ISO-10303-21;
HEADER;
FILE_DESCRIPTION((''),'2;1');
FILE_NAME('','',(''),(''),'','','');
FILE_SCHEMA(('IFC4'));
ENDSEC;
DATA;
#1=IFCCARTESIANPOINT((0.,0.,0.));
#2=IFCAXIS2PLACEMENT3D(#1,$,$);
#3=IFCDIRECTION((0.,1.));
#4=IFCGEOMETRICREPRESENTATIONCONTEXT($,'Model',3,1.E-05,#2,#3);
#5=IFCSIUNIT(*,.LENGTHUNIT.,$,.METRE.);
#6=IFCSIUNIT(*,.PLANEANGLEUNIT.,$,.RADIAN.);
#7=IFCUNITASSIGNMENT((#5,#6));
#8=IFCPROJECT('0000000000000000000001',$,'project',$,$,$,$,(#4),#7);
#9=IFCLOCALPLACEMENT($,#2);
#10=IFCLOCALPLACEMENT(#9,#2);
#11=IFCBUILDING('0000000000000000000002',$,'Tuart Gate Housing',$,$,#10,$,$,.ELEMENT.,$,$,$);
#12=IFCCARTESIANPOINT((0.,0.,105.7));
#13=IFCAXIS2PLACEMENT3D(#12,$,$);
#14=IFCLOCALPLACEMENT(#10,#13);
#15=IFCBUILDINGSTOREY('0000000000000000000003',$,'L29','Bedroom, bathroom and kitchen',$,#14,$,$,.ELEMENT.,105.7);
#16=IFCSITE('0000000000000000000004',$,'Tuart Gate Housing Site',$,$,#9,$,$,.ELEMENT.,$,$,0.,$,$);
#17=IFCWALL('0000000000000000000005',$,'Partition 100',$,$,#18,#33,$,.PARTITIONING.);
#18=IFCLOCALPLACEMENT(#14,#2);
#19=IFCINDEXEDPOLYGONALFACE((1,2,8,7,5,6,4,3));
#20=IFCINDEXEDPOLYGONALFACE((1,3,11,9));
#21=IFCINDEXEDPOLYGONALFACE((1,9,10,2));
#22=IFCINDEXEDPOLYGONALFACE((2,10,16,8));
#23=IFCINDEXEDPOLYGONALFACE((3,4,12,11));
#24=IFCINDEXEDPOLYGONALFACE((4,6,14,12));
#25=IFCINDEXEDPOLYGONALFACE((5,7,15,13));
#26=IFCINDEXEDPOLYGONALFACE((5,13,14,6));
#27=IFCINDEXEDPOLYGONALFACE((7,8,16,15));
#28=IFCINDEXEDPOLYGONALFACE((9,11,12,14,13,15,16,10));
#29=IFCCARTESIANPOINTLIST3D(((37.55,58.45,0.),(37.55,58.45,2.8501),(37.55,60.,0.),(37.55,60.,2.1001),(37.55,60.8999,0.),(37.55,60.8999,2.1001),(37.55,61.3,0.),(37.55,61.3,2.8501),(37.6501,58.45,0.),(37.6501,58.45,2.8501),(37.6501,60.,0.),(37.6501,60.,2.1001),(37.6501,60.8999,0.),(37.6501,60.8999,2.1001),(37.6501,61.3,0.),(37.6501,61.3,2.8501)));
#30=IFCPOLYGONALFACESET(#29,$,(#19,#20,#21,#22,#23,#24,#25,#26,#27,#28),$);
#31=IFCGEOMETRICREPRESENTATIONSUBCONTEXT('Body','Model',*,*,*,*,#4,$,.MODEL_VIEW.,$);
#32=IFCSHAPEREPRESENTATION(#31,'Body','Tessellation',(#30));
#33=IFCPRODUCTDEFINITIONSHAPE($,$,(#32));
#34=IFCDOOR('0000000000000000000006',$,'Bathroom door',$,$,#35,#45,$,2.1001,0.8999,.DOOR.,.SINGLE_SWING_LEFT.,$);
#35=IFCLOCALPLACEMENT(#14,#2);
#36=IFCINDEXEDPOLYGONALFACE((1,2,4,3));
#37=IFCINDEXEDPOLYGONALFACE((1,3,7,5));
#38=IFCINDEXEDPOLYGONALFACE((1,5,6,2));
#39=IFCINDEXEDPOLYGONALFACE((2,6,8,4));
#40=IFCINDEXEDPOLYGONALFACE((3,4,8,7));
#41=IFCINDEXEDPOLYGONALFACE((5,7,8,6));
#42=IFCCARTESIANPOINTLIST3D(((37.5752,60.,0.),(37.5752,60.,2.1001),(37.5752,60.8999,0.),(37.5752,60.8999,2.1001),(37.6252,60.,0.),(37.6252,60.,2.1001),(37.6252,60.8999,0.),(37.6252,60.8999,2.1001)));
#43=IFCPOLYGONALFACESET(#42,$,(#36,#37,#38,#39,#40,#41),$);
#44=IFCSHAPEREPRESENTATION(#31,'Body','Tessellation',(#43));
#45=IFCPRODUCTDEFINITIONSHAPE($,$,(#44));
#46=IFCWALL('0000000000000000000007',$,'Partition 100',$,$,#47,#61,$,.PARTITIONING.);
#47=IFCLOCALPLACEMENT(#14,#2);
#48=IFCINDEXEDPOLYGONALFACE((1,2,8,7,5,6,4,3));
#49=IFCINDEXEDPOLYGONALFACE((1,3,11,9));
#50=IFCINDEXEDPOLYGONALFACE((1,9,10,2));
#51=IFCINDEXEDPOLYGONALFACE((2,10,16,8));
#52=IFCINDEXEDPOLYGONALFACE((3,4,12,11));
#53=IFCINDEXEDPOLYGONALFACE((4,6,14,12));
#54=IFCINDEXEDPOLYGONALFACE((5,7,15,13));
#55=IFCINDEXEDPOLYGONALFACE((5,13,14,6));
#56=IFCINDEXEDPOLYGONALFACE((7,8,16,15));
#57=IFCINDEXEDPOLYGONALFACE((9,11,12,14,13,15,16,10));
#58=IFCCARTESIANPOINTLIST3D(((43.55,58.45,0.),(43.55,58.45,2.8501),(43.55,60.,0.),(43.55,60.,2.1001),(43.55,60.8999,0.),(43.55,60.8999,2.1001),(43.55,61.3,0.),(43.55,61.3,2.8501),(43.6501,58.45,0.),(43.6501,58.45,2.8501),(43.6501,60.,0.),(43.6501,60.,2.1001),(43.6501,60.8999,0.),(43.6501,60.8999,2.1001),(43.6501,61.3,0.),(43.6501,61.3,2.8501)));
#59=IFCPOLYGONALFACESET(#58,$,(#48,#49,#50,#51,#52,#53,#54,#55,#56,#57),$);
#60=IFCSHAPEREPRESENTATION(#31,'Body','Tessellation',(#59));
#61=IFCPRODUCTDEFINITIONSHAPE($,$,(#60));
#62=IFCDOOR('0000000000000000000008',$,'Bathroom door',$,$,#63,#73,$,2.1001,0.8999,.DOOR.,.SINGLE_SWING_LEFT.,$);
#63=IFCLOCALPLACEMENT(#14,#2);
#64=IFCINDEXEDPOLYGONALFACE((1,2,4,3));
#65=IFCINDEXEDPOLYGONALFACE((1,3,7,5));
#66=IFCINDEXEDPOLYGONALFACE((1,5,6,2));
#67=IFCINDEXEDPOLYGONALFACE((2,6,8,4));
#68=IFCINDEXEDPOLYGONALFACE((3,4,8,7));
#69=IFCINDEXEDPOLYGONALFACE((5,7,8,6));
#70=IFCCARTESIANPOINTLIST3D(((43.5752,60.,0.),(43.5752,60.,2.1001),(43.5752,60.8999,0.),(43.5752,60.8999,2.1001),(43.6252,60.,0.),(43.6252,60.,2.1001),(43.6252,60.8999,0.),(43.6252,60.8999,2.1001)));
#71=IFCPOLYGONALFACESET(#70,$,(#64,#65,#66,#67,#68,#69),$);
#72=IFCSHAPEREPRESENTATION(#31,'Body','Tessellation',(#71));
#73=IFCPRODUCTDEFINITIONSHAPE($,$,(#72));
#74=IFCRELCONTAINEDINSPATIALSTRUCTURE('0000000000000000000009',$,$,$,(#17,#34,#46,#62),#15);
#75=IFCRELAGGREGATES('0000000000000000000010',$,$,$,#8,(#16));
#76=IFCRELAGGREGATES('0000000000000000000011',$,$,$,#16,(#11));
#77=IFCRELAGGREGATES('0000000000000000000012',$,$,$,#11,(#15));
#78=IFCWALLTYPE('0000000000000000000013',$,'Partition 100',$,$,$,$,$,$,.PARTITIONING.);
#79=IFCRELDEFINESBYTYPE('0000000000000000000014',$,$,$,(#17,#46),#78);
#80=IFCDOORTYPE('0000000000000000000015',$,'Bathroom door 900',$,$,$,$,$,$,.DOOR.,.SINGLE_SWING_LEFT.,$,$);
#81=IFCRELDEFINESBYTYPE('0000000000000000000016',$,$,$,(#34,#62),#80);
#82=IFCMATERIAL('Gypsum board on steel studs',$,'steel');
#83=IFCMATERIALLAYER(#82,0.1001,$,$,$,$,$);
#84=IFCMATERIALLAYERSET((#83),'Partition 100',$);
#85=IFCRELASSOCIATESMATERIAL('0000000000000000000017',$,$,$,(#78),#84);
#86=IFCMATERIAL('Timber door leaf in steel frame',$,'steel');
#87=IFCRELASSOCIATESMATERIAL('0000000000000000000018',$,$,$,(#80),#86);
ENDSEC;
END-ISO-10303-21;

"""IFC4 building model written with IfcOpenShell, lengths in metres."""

from ifc_helpers import new_model, si_unit, direction, frame, frame_2d, origin, place, context, subcontext, project, spatial, rectangle, extrude, material, layer, layer_set, type_object, element, fill, save


model = new_model("IFC4")

# Units and contexts
model_context = context("Model", 3, precision=1e-05, world=origin(), true_north=direction((0.0, 1.0)))
body_context = subcontext(model_context, "Body", "Model", "MODEL_VIEW")
ifc_project = project(units=[si_unit("LENGTHUNIT", "METRE"), si_unit("PLANEANGLEUNIT", "RADIAN")], contexts=[model_context])

# Site, building, storey
site_placement = place(None, origin())
site = spatial("IfcSite", under=ifc_project, at=site_placement, Name="Tuart Gate Housing Site", CompositionType="ELEMENT", RefElevation=0.0)
building_placement = place(site_placement, origin())
building = spatial("IfcBuilding", under=site, at=building_placement, Name="Tuart Gate Housing", CompositionType="ELEMENT")
storey_placement = place(building_placement, frame((0.0, 0.0, 105.7)))
storey = spatial("IfcBuildingStorey", under=building, at=storey_placement, Name="L29", Description="Bedroom, bathroom and kitchen", CompositionType="ELEMENT", Elevation=105.7)

# Shared definitions
ifc_material_1 = material(Name="Gypsum board on steel studs", Category="steel")
ifc_layer_1 = layer(ifc_material_1, 0.1001)
ifc_layer_set_1 = layer_set([ifc_layer_1], Name="Partition 100")
wall_type_1 = type_object("IfcWallType", Name="Partition 100", PredefinedType="PARTITIONING", material=ifc_layer_set_1)

# Walls, openings, doors
ifc_material_2 = material(Name="Timber door leaf in steel frame", Category="steel")
door_type_1 = type_object("IfcDoorType", Name="Bathroom door 900", OperationType="SINGLE_SWING_LEFT", PredefinedType="DOOR", material=ifc_material_2)
wall_1_placement = place(storey_placement, frame((37.6001, 58.45, 0.0), z_axis=(0.0, 0.0, 1.0), x_axis=(0.0, 1.0, 0.0)))
wall_1 = element("IfcWall", 1, at=wall_1_placement, inside=storey, type_object=wall_type_1, Name="Partition 100", PredefinedType="PARTITIONING", context=body_context, shape_type="SweptSolid", body=[
    extrude(rectangle(XDim=2.8501, YDim=0.1001, at=frame_2d((1.425, 0.0))), origin(), (0.0, 0.0, 1.0), 2.8501),
])
opening_1_placement = place(wall_1_placement, frame((1.55, 0.0, 0.0)))
opening_1 = element("IfcOpeningElement", 2, at=opening_1_placement, cuts=wall_1, PredefinedType="OPENING", context=body_context, shape_type="SweptSolid", body=[
    extrude(rectangle(XDim=0.8999, YDim=2.1001, at=frame_2d((0.45, 1.05))), frame((0.0, 0.0601, 0.0), z_axis=(0.0, -1.0, 0.0), x_axis=(1.0, 0.0, 0.0)), (0.0, 0.0, 1.0), 0.1201),
])
door_1_placement = place(opening_1_placement, frame((0.8999, 0.0, 0.0), z_axis=(0.0, 0.0, 1.0), x_axis=(-1.0, 0.0, 0.0)))
door_1 = element("IfcDoor", 3, at=door_1_placement, inside=storey, type_object=door_type_1, Name="Bathroom door", OperationType="SINGLE_SWING_LEFT", OverallHeight=2.1001, OverallWidth=0.8999, PredefinedType="DOOR", context=body_context, shape_type="SweptSolid", body=[
    extrude(rectangle(XDim=0.8999, YDim=2.1001, at=frame_2d((0.45, 1.05))), frame((0.0, 0.0251, 0.0), z_axis=(0.0, -1.0, 0.0), x_axis=(1.0, 0.0, 0.0)), (0.0, 0.0, 1.0), 0.05),
])
fill(opening_1, door_1)
wall_2_placement = place(storey_placement, frame((43.6001, 58.45, 0.0), z_axis=(0.0, 0.0, 1.0), x_axis=(0.0, 1.0, 0.0)))
wall_2 = element("IfcWall", 4, at=wall_2_placement, inside=storey, type_object=wall_type_1, Name="Partition 100", PredefinedType="PARTITIONING", context=body_context, shape_type="SweptSolid", body=[
    extrude(rectangle(XDim=2.8501, YDim=0.1001, at=frame_2d((1.425, 0.0))), origin(), (0.0, 0.0, 1.0), 2.8501),
])
opening_2_placement = place(wall_2_placement, frame((1.55, 0.0, 0.0)))
opening_2 = element("IfcOpeningElement", 5, at=opening_2_placement, cuts=wall_2, PredefinedType="OPENING", context=body_context, shape_type="SweptSolid", body=[
    extrude(rectangle(XDim=0.8999, YDim=2.1001, at=frame_2d((0.45, 1.05))), frame((0.0, 0.0601, 0.0), z_axis=(0.0, -1.0, 0.0), x_axis=(1.0, 0.0, 0.0)), (0.0, 0.0, 1.0), 0.1201),
])
door_2_placement = place(opening_2_placement, frame((0.8999, 0.0, 0.0), z_axis=(0.0, 0.0, 1.0), x_axis=(-1.0, 0.0, 0.0)))
door_2 = element("IfcDoor", 6, at=door_2_placement, inside=storey, type_object=door_type_1, Name="Bathroom door", OperationType="SINGLE_SWING_LEFT", OverallHeight=2.1001, OverallWidth=0.8999, PredefinedType="DOOR", context=body_context, shape_type="SweptSolid", body=[
    extrude(rectangle(XDim=0.8999, YDim=2.1001, at=frame_2d((0.45, 1.05))), frame((0.0, 0.0251, 0.0), z_axis=(0.0, -1.0, 0.0), x_axis=(1.0, 0.0, 0.0)), (0.0, 0.0, 1.0), 0.05),
])
fill(opening_2, door_2)

save(model, "model.ifc")
